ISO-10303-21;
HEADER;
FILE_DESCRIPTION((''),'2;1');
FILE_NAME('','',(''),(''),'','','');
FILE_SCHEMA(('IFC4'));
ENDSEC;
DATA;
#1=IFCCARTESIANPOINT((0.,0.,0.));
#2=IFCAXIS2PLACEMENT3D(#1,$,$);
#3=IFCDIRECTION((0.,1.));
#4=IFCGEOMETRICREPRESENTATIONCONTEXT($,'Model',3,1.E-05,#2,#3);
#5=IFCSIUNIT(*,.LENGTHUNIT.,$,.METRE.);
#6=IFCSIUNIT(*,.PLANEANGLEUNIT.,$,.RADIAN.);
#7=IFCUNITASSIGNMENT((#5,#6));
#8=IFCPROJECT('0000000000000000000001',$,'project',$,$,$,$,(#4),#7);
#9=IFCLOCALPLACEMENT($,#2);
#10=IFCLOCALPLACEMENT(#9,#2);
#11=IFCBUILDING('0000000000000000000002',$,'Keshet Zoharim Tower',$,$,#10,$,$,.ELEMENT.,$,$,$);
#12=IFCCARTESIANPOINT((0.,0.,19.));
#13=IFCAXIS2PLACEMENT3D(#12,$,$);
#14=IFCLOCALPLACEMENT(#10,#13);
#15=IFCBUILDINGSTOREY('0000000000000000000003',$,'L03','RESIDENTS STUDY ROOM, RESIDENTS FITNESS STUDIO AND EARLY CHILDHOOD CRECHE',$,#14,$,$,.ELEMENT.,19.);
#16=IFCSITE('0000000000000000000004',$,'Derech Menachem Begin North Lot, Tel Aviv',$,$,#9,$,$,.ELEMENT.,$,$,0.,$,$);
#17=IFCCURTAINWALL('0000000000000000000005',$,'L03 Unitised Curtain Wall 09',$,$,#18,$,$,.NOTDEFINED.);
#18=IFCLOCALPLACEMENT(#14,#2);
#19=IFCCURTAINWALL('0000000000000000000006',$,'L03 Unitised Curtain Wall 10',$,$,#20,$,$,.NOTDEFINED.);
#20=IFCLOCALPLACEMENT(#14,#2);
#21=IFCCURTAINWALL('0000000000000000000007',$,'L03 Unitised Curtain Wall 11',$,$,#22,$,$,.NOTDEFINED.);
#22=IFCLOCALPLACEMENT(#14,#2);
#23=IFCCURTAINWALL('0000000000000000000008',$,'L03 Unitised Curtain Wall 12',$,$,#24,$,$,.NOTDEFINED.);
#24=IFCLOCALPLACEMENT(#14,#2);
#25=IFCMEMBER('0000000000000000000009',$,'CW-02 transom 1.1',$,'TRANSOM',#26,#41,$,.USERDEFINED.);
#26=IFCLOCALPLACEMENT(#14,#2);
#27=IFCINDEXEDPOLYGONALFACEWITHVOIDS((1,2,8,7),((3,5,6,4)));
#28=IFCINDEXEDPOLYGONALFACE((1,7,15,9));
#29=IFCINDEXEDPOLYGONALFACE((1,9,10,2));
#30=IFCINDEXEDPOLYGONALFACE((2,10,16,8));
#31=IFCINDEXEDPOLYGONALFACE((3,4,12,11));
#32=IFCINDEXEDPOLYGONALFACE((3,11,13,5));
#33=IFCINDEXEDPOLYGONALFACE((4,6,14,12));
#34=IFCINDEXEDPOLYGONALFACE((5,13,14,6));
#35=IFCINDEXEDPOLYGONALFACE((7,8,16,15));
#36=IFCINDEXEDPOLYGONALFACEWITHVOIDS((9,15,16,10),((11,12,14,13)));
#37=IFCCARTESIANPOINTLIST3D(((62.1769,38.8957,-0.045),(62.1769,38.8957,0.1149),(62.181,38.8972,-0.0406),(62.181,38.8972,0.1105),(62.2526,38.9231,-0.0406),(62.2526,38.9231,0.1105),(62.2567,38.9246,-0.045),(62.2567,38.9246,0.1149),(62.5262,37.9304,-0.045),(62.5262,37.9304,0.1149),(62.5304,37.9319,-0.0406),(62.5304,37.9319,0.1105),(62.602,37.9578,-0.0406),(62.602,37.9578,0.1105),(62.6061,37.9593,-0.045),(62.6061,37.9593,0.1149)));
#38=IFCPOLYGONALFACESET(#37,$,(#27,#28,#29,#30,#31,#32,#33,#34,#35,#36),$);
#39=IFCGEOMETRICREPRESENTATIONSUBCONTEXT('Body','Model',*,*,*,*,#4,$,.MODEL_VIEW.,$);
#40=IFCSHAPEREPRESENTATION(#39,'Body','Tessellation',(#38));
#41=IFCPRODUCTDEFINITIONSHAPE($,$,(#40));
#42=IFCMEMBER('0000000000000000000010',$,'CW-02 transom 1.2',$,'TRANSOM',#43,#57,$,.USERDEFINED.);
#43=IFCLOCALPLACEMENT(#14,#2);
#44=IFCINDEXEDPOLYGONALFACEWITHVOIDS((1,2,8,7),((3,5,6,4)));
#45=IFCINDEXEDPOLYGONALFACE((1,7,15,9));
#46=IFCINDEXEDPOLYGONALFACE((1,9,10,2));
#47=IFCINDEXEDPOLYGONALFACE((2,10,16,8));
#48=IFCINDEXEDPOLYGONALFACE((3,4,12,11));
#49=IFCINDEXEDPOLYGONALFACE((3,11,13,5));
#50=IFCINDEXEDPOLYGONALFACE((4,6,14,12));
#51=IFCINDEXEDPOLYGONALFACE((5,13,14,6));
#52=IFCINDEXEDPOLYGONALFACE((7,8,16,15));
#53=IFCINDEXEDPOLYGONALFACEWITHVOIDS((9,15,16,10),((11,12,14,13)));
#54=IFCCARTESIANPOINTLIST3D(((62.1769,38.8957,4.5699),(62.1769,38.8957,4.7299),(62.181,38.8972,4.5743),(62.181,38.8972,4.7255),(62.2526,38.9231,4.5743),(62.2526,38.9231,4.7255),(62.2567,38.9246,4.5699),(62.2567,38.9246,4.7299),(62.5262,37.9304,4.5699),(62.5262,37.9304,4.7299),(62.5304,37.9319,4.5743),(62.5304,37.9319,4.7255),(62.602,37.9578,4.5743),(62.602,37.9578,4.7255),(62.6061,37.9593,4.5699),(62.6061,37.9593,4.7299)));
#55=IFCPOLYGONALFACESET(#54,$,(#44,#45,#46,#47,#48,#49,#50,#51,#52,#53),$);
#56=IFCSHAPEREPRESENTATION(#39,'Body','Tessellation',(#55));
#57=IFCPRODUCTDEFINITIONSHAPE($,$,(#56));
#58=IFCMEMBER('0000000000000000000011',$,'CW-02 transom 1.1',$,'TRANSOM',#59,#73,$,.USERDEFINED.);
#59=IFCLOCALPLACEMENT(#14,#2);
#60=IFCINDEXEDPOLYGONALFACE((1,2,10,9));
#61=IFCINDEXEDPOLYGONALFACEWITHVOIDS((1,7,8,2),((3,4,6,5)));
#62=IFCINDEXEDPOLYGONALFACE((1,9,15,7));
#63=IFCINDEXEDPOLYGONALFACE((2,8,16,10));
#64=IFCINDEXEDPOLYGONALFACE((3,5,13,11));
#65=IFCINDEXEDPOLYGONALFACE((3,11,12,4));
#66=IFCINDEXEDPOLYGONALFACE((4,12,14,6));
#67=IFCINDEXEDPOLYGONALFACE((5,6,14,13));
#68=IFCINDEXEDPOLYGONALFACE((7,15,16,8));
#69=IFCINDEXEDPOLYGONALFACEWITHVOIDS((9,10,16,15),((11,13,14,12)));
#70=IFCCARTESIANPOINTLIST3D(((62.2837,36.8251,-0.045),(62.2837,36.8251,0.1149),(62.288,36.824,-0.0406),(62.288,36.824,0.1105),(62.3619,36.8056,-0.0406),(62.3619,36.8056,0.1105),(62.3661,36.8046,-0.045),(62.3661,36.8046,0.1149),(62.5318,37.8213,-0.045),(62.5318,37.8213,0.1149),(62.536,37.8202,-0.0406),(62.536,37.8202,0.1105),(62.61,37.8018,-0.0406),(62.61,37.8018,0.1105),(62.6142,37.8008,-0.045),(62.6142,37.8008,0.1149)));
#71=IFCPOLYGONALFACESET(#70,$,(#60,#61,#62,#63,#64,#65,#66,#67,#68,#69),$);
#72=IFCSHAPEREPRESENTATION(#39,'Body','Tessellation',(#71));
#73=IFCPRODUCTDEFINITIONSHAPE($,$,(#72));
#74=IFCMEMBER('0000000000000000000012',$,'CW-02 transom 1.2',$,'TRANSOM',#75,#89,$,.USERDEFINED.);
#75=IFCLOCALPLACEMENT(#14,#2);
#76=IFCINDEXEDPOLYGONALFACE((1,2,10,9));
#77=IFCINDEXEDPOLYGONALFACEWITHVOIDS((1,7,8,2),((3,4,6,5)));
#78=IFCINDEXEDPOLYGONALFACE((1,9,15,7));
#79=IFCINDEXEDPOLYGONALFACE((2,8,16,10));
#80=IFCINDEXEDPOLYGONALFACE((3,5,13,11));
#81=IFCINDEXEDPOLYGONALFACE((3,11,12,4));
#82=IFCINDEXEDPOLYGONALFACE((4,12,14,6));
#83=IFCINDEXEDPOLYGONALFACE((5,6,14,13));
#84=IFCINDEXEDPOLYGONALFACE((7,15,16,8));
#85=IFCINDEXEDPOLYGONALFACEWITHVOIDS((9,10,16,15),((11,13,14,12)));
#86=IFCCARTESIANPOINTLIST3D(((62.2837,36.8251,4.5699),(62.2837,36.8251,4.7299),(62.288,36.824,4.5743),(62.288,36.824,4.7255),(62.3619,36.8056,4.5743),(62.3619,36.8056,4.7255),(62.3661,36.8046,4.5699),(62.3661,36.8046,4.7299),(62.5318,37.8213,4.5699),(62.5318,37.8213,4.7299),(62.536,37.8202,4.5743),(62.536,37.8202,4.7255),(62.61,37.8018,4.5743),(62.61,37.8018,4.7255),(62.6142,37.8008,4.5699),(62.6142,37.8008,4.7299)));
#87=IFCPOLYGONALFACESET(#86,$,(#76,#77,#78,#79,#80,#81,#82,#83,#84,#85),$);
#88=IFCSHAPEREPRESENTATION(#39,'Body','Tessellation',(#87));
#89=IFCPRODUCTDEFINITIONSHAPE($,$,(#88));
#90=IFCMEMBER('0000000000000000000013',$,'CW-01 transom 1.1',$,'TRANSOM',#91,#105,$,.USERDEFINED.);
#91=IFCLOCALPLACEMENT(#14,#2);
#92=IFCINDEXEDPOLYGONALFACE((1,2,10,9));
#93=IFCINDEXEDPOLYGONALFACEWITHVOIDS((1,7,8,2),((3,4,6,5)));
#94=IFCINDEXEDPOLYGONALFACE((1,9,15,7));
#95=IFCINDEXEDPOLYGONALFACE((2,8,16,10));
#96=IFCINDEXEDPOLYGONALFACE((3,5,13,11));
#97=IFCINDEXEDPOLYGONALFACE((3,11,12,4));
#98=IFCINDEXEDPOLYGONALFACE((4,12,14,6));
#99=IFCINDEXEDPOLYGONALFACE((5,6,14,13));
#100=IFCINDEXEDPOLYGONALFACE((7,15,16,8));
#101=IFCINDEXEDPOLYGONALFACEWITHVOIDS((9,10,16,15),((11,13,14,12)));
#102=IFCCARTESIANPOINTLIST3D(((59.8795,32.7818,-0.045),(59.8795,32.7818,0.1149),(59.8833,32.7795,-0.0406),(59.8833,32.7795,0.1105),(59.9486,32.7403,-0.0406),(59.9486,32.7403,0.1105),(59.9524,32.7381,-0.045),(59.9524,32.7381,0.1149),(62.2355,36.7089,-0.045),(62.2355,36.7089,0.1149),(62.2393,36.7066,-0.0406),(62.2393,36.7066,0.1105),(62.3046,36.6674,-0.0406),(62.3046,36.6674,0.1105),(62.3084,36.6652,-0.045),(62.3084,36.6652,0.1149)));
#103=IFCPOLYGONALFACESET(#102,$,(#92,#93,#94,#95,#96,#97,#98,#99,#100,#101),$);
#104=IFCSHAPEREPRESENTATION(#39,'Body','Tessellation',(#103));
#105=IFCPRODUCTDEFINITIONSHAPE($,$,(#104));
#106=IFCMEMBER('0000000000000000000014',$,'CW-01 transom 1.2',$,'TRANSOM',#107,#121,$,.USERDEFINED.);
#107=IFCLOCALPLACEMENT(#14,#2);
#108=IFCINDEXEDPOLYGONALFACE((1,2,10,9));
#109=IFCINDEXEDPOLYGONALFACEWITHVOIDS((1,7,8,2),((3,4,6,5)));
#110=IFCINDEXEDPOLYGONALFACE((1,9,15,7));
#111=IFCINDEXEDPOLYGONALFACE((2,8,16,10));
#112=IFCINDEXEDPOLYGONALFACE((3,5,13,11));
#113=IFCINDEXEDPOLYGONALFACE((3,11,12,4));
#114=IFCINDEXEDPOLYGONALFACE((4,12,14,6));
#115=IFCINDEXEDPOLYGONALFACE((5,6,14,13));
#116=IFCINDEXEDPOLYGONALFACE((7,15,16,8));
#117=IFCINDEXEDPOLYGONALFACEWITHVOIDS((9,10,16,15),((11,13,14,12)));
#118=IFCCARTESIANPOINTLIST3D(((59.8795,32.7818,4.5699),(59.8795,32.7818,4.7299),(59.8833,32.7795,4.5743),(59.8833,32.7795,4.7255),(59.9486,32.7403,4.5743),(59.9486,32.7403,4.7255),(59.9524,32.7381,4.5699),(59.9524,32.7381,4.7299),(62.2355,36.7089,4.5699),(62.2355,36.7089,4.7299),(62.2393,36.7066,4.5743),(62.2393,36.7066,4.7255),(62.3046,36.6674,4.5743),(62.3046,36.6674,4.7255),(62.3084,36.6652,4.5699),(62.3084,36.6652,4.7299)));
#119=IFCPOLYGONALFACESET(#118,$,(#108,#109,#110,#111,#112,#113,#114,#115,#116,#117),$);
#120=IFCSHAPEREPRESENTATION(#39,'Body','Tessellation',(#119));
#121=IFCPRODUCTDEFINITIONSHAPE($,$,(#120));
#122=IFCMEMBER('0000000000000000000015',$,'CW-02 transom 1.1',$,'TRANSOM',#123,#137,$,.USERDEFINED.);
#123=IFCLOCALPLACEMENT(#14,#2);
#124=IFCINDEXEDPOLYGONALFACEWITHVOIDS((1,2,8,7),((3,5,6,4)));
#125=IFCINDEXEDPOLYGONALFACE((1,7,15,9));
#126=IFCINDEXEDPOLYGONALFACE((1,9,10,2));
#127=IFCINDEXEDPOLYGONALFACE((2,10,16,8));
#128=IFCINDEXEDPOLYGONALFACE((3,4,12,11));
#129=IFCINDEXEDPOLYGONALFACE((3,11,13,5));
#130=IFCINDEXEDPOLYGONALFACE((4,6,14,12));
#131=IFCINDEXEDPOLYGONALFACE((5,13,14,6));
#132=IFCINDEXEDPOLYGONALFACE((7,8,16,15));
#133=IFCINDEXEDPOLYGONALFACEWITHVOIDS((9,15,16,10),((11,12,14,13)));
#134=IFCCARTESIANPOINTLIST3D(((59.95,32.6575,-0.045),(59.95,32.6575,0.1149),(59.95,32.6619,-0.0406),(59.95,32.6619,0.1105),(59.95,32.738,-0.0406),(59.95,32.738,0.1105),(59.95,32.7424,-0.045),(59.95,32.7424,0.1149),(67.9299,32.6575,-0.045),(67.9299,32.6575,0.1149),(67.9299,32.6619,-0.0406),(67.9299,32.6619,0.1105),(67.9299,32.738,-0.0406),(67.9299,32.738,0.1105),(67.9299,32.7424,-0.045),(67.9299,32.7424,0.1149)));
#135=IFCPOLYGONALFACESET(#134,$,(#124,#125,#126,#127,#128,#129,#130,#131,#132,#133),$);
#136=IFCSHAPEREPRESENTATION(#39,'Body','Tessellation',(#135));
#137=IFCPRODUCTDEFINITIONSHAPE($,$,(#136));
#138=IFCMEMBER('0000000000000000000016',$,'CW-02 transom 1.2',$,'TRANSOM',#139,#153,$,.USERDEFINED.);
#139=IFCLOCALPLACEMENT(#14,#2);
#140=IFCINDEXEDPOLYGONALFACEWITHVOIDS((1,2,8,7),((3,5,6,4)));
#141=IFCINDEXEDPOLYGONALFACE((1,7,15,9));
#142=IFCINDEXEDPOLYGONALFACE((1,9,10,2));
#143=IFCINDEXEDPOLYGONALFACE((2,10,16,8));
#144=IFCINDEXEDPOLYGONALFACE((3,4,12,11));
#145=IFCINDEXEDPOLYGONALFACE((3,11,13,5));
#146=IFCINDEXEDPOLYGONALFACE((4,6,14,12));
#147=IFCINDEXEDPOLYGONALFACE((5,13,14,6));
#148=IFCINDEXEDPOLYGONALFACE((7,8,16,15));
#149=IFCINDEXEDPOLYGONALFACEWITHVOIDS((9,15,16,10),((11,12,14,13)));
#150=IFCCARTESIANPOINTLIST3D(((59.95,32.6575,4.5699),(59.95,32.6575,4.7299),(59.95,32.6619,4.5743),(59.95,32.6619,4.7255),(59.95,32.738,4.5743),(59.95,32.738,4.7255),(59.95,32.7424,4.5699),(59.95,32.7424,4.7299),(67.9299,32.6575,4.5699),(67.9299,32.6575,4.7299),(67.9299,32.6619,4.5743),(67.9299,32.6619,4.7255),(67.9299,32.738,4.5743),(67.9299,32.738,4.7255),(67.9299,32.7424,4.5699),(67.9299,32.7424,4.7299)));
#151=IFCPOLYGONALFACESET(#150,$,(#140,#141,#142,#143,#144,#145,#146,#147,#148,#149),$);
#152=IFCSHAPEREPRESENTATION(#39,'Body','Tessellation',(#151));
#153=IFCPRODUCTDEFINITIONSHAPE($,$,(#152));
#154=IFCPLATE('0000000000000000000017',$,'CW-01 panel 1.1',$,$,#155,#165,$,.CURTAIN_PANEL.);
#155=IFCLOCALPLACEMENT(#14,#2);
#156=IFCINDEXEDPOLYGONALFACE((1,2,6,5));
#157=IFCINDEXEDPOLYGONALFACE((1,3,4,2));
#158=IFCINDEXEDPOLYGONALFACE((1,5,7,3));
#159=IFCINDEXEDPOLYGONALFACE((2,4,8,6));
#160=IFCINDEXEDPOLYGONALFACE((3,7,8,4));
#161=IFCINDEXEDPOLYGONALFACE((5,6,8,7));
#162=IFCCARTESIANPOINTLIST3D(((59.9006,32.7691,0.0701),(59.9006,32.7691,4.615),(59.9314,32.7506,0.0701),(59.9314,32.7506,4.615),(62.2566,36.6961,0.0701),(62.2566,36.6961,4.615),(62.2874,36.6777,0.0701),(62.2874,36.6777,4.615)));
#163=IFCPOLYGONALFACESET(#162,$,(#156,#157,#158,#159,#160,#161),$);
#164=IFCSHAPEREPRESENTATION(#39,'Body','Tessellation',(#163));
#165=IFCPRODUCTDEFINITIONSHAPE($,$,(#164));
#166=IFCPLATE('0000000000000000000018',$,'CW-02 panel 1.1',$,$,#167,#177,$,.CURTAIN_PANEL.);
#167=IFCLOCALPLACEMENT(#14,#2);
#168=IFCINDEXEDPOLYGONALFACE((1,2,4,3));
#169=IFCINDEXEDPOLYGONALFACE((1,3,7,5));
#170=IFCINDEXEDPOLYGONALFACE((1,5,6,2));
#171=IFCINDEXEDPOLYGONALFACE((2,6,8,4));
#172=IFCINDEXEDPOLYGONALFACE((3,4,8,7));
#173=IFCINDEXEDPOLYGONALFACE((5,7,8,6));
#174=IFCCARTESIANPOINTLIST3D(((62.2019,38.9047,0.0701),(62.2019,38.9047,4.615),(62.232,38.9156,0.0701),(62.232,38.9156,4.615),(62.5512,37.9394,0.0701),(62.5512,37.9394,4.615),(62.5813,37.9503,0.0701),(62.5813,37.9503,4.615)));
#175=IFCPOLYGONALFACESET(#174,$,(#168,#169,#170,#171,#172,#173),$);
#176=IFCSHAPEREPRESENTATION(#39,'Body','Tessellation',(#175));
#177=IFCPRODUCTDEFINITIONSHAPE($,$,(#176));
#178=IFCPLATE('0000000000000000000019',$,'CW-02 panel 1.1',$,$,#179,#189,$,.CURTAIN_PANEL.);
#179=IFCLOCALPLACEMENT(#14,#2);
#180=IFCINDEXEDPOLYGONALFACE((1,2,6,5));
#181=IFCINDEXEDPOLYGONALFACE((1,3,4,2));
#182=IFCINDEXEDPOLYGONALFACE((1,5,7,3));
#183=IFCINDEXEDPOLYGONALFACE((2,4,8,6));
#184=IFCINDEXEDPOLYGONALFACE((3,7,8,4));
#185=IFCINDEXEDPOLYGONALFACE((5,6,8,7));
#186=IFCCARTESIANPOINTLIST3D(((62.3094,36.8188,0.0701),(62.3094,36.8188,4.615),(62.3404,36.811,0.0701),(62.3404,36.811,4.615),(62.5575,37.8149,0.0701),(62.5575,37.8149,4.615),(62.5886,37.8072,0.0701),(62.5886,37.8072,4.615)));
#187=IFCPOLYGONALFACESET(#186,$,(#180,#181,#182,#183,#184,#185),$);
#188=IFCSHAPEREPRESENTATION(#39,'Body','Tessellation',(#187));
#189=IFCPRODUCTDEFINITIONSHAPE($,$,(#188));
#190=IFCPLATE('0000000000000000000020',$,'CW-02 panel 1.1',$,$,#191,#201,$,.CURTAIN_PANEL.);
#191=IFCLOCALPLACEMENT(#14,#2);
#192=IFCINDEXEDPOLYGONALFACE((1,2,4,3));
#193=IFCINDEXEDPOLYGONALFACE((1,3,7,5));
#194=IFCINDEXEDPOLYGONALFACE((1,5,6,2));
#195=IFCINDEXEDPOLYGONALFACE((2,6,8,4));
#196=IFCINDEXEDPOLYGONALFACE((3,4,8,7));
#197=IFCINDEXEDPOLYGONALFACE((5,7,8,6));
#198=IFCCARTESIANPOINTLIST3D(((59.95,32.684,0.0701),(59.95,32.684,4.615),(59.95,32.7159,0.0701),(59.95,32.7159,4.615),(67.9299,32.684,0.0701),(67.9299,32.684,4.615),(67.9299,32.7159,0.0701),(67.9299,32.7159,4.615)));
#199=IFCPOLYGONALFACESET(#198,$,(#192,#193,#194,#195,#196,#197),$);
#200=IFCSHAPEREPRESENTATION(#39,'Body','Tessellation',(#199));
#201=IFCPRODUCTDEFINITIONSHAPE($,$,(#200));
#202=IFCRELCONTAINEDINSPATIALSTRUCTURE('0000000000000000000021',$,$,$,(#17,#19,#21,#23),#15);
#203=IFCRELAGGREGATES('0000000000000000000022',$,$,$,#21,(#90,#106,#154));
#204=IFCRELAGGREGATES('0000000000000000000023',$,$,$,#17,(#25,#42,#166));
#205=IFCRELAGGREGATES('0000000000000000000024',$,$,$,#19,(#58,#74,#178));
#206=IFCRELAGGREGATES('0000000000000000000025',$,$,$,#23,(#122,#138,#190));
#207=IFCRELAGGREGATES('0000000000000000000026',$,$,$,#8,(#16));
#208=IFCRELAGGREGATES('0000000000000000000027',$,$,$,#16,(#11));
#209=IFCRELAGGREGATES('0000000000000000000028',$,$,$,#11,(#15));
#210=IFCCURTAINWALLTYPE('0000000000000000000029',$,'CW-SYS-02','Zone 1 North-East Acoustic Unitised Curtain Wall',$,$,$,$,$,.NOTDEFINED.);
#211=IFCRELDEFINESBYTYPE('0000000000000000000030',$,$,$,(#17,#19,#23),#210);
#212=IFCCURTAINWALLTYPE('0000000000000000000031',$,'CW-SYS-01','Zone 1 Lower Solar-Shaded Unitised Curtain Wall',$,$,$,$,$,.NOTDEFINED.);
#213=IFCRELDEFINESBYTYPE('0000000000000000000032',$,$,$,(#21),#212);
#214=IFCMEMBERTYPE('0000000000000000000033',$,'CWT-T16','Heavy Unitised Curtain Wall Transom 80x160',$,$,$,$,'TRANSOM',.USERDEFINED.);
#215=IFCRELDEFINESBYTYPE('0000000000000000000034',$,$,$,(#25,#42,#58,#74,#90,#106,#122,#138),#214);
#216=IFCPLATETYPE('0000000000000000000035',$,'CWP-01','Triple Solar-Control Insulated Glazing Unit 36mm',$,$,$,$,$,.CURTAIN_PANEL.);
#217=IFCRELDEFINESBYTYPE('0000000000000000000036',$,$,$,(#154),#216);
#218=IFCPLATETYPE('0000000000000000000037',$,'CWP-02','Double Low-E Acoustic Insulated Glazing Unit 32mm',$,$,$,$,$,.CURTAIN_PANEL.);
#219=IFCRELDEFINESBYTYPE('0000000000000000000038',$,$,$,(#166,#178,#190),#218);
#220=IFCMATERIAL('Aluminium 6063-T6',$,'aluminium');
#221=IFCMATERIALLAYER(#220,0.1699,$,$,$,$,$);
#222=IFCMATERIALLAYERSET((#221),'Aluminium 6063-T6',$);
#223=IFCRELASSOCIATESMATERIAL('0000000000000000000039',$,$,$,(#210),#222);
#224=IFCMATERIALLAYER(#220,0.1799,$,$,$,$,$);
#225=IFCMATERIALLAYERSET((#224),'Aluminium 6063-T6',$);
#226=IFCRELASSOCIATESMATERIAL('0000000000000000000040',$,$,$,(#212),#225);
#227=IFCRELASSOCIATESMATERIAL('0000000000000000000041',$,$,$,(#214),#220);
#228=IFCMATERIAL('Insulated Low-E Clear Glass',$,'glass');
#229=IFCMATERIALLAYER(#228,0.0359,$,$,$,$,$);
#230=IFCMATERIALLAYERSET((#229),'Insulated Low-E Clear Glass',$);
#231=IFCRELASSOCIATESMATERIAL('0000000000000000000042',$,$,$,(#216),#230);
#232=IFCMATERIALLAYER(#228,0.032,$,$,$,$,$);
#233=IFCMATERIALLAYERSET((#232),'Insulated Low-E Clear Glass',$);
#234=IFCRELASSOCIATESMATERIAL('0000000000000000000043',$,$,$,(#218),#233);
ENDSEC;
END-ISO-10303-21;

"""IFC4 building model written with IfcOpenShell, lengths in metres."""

from ifc_helpers import new_model, si_unit, direction, frame, origin, origin_2d, place, context, subcontext, project, spatial, rectangle, hollow_rectangle, extrude, material, layer, layer_set, material_profile, profile_set, type_object, element, aggregate, save


model = new_model("IFC4")

# Units and contexts
model_context = context("Model", 3, precision=1e-05, world=origin(), true_north=direction((0.0, 1.0)))
body_context = subcontext(model_context, "Body", "Model", "MODEL_VIEW")
ifc_project = project(units=[si_unit("LENGTHUNIT", "METRE"), si_unit("PLANEANGLEUNIT", "RADIAN")], contexts=[model_context])

# Site, building, storey
site_placement = place(None, origin())
site = spatial("IfcSite", under=ifc_project, at=site_placement, Name="Derech Menachem Begin North Lot, Tel Aviv", CompositionType="ELEMENT", RefElevation=0.0)
building_placement = place(site_placement, origin())
building = spatial("IfcBuilding", under=site, at=building_placement, Name="Keshet Zoharim Tower", CompositionType="ELEMENT")
storey_placement = place(building_placement, frame((0.0, 0.0, 19.0)))
storey = spatial("IfcBuildingStorey", under=building, at=storey_placement, Name="L03", Description="RESIDENTS STUDY ROOM, RESIDENTS FITNESS STUDIO AND EARLY CHILDHOOD CRECHE", CompositionType="ELEMENT", Elevation=19.0)

# Shared definitions
ifc_material_1 = material(Name="Aluminium 6063-T6", Category="aluminium")
ifc_layer_1 = layer(ifc_material_1, 0.1699)
ifc_layer_set_1 = layer_set([ifc_layer_1], Name="Aluminium 6063-T6")
curtain_wall_type_1 = type_object("IfcCurtainWallType", Name="CW-SYS-02", Description="Zone 1 North-East Acoustic Unitised Curtain Wall", PredefinedType="NOTDEFINED", material=ifc_layer_set_1)

# Curtain walls
curtain_wall_1_placement = place(storey_placement, origin())
curtain_wall_1 = element("IfcCurtainWall", 1, at=curtain_wall_1_placement, inside=storey, type_object=curtain_wall_type_1, Name="L03 Unitised Curtain Wall 09", PredefinedType="NOTDEFINED")
curtain_wall_2_placement = place(storey_placement, origin())
curtain_wall_2 = element("IfcCurtainWall", 2, at=curtain_wall_2_placement, inside=storey, type_object=curtain_wall_type_1, Name="L03 Unitised Curtain Wall 10", PredefinedType="NOTDEFINED")

# Curtain walls
ifc_layer_2 = layer(ifc_material_1, 0.1799)
ifc_layer_set_2 = layer_set([ifc_layer_2], Name="Aluminium 6063-T6")
curtain_wall_type_2 = type_object("IfcCurtainWallType", Name="CW-SYS-01", Description="Zone 1 Lower Solar-Shaded Unitised Curtain Wall", PredefinedType="NOTDEFINED", material=ifc_layer_set_2)
curtain_wall_3_placement = place(storey_placement, origin())
curtain_wall_3 = element("IfcCurtainWall", 3, at=curtain_wall_3_placement, inside=storey, type_object=curtain_wall_type_2, Name="L03 Unitised Curtain Wall 11", PredefinedType="NOTDEFINED")
curtain_wall_4_placement = place(storey_placement, origin())
curtain_wall_4 = element("IfcCurtainWall", 4, at=curtain_wall_4_placement, inside=storey, type_object=curtain_wall_type_1, Name="L03 Unitised Curtain Wall 12", PredefinedType="NOTDEFINED")

# Members
ifc_material_profile_1 = material_profile(ifc_material_1, hollow_rectangle(XDim=0.085, YDim=0.1599, WallThickness=0.0044, at=origin_2d()), Name="TRN-85x160")
ifc_profile_set_1 = profile_set([ifc_material_profile_1], Name="Aluminium 6063-T6")
member_type_1 = type_object("IfcMemberType", Name="CWT-T16", Description="Heavy Unitised Curtain Wall Transom 80x160", ElementType="TRANSOM", PredefinedType="USERDEFINED", material=ifc_profile_set_1)
member_1_placement = place(storey_placement, frame((62.2168, 38.9102, 0.0349), z_axis=(0.340311, -0.940313, 0.0), x_axis=(0.940313, 0.340311, 0.0)))
member_1 = element("IfcMember", 5, at=member_1_placement, type_object=member_type_1, Name="CW-02 transom 1.1", ObjectType="TRANSOM", PredefinedType="USERDEFINED", context=body_context, shape_type="SweptSolid", body=[
    extrude(hollow_rectangle(XDim=0.085, YDim=0.1599, WallThickness=0.0044, at=origin_2d()), origin(), (0.0, 0.0, 1.0), 1.0266),
])
member_2_placement = place(storey_placement, frame((62.2168, 38.9102, 4.6499), z_axis=(0.340311, -0.940313, 0.0), x_axis=(0.940313, 0.340311, 0.0)))
member_2 = element("IfcMember", 6, at=member_2_placement, type_object=member_type_1, Name="CW-02 transom 1.2", ObjectType="TRANSOM", PredefinedType="USERDEFINED", context=body_context, shape_type="SweptSolid", body=[
    extrude(hollow_rectangle(XDim=0.085, YDim=0.1599, WallThickness=0.0044, at=origin_2d()), origin(), (0.0, 0.0, 1.0), 1.0266),
])
member_3_placement = place(storey_placement, frame((62.573, 37.811, 0.0349), z_axis=(-0.24164, -0.970366, 0.0), x_axis=(0.970366, -0.24164, 0.0)))
member_3 = element("IfcMember", 7, at=member_3_placement, type_object=member_type_1, Name="CW-02 transom 1.1", ObjectType="TRANSOM", PredefinedType="USERDEFINED", context=body_context, shape_type="SweptSolid", body=[
    extrude(hollow_rectangle(XDim=0.085, YDim=0.1599, WallThickness=0.0044, at=origin_2d()), origin(), (0.0, 0.0, 1.0), 1.0266),
])
member_4_placement = place(storey_placement, frame((62.573, 37.811, 4.6499), z_axis=(-0.24164, -0.970366, 0.0), x_axis=(0.970366, -0.24164, 0.0)))
member_4 = element("IfcMember", 8, at=member_4_placement, type_object=member_type_1, Name="CW-02 transom 1.2", ObjectType="TRANSOM", PredefinedType="USERDEFINED", context=body_context, shape_type="SweptSolid", body=[
    extrude(hollow_rectangle(XDim=0.085, YDim=0.1599, WallThickness=0.0044, at=origin_2d()), origin(), (0.0, 0.0, 1.0), 1.0266),
])
member_5_placement = place(storey_placement, frame((62.272, 36.687, 0.0349), z_axis=(-0.514457, -0.857516, 0.0), x_axis=(0.857516, -0.514457, 0.0)))
member_5 = element("IfcMember", 9, at=member_5_placement, type_object=member_type_1, Name="CW-01 transom 1.1", ObjectType="TRANSOM", PredefinedType="USERDEFINED", context=body_context, shape_type="SweptSolid", body=[
    extrude(hollow_rectangle(XDim=0.085, YDim=0.1599, WallThickness=0.0044, at=origin_2d()), origin(), (0.0, 0.0, 1.0), 4.5796),
])
member_6_placement = place(storey_placement, frame((62.272, 36.687, 4.6499), z_axis=(-0.514457, -0.857516, 0.0), x_axis=(0.857516, -0.514457, 0.0)))
member_6 = element("IfcMember", 10, at=member_6_placement, type_object=member_type_1, Name="CW-01 transom 1.2", ObjectType="TRANSOM", PredefinedType="USERDEFINED", context=body_context, shape_type="SweptSolid", body=[
    extrude(hollow_rectangle(XDim=0.085, YDim=0.1599, WallThickness=0.0044, at=origin_2d()), origin(), (0.0, 0.0, 1.0), 4.5796),
])
member_7_placement = place(storey_placement, frame((59.95, 32.7, 0.0349), z_axis=(1.0, 0.0, 0.0), x_axis=(0.0, 1.0, 0.0)))
member_7 = element("IfcMember", 11, at=member_7_placement, type_object=member_type_1, Name="CW-02 transom 1.1", ObjectType="TRANSOM", PredefinedType="USERDEFINED", context=body_context, shape_type="SweptSolid", body=[
    extrude(hollow_rectangle(XDim=0.085, YDim=0.1599, WallThickness=0.0044, at=origin_2d()), origin(), (0.0, 0.0, 1.0), 7.98),
])
member_8_placement = place(storey_placement, frame((59.95, 32.7, 4.6499), z_axis=(1.0, 0.0, 0.0), x_axis=(0.0, 1.0, 0.0)))
member_8 = element("IfcMember", 12, at=member_8_placement, type_object=member_type_1, Name="CW-02 transom 1.2", ObjectType="TRANSOM", PredefinedType="USERDEFINED", context=body_context, shape_type="SweptSolid", body=[
    extrude(hollow_rectangle(XDim=0.085, YDim=0.1599, WallThickness=0.0044, at=origin_2d()), origin(), (0.0, 0.0, 1.0), 7.98),
])

# Plates
ifc_material_2 = material(Name="Insulated Low-E Clear Glass", Category="glass")
ifc_layer_3 = layer(ifc_material_2, 0.0359)
ifc_layer_set_3 = layer_set([ifc_layer_3], Name="Insulated Low-E Clear Glass")
plate_type_1 = type_object("IfcPlateType", Name="CWP-01", Description="Triple Solar-Control Insulated Glazing Unit 36mm", PredefinedType="CURTAIN_PANEL", material=ifc_layer_set_3)
plate_1_placement = place(storey_placement, frame((61.094, 34.7234, 0.0701), z_axis=(0.0, 0.0, 1.0), x_axis=(-0.514465, -0.857512, 0.0)))
plate_1 = element("IfcPlate", 13, at=plate_1_placement, type_object=plate_type_1, Name="CW-01 panel 1.1", PredefinedType="CURTAIN_PANEL", context=body_context, shape_type="SweptSolid", body=[
    extrude(rectangle(XDim=4.5796, YDim=0.0359, at=origin_2d()), origin(), (0.0, 0.0, 1.0), 4.5449),
])
aggregate(curtain_wall_3, [member_5, member_6, plate_1])
ifc_layer_4 = layer(ifc_material_2, 0.032)
ifc_layer_set_4 = layer_set([ifc_layer_4], Name="Insulated Low-E Clear Glass")
plate_type_2 = type_object("IfcPlateType", Name="CWP-02", Description="Double Low-E Acoustic Insulated Glazing Unit 32mm", PredefinedType="CURTAIN_PANEL", material=ifc_layer_set_4)
plate_2_placement = place(storey_placement, frame((62.3916, 38.4275, 0.0701), z_axis=(0.0, 0.0, 1.0), x_axis=(0.340297, -0.940318, 0.0)))
plate_2 = element("IfcPlate", 14, at=plate_2_placement, type_object=plate_type_2, Name="CW-02 panel 1.1", PredefinedType="CURTAIN_PANEL", context=body_context, shape_type="SweptSolid", body=[
    extrude(rectangle(XDim=1.0266, YDim=0.032, at=origin_2d()), origin(), (0.0, 0.0, 1.0), 4.5449),
])
aggregate(curtain_wall_1, [member_1, member_2, plate_2])
plate_3_placement = place(storey_placement, frame((62.449, 37.313, 0.0701), z_axis=(0.0, 0.0, 1.0), x_axis=(-0.241729, -0.970344, 0.0)))
plate_3 = element("IfcPlate", 15, at=plate_3_placement, type_object=plate_type_2, Name="CW-02 panel 1.1", PredefinedType="CURTAIN_PANEL", context=body_context, shape_type="SweptSolid", body=[
    extrude(rectangle(XDim=1.0266, YDim=0.032, at=origin_2d()), origin(), (0.0, 0.0, 1.0), 4.5449),
])
aggregate(curtain_wall_2, [member_3, member_4, plate_3])
plate_4_placement = place(storey_placement, frame((63.9399, 32.7, 0.0701), z_axis=(0.0, 0.0, 1.0), x_axis=(1.0, 0.0, 0.0)))
plate_4 = element("IfcPlate", 16, at=plate_4_placement, type_object=plate_type_2, Name="CW-02 panel 1.1", PredefinedType="CURTAIN_PANEL", context=body_context, shape_type="SweptSolid", body=[
    extrude(rectangle(XDim=7.98, YDim=0.032, at=origin_2d()), origin(), (0.0, 0.0, 1.0), 4.5449),
])
aggregate(curtain_wall_4, [member_7, member_8, plate_4])

save(model, "model.ifc")
